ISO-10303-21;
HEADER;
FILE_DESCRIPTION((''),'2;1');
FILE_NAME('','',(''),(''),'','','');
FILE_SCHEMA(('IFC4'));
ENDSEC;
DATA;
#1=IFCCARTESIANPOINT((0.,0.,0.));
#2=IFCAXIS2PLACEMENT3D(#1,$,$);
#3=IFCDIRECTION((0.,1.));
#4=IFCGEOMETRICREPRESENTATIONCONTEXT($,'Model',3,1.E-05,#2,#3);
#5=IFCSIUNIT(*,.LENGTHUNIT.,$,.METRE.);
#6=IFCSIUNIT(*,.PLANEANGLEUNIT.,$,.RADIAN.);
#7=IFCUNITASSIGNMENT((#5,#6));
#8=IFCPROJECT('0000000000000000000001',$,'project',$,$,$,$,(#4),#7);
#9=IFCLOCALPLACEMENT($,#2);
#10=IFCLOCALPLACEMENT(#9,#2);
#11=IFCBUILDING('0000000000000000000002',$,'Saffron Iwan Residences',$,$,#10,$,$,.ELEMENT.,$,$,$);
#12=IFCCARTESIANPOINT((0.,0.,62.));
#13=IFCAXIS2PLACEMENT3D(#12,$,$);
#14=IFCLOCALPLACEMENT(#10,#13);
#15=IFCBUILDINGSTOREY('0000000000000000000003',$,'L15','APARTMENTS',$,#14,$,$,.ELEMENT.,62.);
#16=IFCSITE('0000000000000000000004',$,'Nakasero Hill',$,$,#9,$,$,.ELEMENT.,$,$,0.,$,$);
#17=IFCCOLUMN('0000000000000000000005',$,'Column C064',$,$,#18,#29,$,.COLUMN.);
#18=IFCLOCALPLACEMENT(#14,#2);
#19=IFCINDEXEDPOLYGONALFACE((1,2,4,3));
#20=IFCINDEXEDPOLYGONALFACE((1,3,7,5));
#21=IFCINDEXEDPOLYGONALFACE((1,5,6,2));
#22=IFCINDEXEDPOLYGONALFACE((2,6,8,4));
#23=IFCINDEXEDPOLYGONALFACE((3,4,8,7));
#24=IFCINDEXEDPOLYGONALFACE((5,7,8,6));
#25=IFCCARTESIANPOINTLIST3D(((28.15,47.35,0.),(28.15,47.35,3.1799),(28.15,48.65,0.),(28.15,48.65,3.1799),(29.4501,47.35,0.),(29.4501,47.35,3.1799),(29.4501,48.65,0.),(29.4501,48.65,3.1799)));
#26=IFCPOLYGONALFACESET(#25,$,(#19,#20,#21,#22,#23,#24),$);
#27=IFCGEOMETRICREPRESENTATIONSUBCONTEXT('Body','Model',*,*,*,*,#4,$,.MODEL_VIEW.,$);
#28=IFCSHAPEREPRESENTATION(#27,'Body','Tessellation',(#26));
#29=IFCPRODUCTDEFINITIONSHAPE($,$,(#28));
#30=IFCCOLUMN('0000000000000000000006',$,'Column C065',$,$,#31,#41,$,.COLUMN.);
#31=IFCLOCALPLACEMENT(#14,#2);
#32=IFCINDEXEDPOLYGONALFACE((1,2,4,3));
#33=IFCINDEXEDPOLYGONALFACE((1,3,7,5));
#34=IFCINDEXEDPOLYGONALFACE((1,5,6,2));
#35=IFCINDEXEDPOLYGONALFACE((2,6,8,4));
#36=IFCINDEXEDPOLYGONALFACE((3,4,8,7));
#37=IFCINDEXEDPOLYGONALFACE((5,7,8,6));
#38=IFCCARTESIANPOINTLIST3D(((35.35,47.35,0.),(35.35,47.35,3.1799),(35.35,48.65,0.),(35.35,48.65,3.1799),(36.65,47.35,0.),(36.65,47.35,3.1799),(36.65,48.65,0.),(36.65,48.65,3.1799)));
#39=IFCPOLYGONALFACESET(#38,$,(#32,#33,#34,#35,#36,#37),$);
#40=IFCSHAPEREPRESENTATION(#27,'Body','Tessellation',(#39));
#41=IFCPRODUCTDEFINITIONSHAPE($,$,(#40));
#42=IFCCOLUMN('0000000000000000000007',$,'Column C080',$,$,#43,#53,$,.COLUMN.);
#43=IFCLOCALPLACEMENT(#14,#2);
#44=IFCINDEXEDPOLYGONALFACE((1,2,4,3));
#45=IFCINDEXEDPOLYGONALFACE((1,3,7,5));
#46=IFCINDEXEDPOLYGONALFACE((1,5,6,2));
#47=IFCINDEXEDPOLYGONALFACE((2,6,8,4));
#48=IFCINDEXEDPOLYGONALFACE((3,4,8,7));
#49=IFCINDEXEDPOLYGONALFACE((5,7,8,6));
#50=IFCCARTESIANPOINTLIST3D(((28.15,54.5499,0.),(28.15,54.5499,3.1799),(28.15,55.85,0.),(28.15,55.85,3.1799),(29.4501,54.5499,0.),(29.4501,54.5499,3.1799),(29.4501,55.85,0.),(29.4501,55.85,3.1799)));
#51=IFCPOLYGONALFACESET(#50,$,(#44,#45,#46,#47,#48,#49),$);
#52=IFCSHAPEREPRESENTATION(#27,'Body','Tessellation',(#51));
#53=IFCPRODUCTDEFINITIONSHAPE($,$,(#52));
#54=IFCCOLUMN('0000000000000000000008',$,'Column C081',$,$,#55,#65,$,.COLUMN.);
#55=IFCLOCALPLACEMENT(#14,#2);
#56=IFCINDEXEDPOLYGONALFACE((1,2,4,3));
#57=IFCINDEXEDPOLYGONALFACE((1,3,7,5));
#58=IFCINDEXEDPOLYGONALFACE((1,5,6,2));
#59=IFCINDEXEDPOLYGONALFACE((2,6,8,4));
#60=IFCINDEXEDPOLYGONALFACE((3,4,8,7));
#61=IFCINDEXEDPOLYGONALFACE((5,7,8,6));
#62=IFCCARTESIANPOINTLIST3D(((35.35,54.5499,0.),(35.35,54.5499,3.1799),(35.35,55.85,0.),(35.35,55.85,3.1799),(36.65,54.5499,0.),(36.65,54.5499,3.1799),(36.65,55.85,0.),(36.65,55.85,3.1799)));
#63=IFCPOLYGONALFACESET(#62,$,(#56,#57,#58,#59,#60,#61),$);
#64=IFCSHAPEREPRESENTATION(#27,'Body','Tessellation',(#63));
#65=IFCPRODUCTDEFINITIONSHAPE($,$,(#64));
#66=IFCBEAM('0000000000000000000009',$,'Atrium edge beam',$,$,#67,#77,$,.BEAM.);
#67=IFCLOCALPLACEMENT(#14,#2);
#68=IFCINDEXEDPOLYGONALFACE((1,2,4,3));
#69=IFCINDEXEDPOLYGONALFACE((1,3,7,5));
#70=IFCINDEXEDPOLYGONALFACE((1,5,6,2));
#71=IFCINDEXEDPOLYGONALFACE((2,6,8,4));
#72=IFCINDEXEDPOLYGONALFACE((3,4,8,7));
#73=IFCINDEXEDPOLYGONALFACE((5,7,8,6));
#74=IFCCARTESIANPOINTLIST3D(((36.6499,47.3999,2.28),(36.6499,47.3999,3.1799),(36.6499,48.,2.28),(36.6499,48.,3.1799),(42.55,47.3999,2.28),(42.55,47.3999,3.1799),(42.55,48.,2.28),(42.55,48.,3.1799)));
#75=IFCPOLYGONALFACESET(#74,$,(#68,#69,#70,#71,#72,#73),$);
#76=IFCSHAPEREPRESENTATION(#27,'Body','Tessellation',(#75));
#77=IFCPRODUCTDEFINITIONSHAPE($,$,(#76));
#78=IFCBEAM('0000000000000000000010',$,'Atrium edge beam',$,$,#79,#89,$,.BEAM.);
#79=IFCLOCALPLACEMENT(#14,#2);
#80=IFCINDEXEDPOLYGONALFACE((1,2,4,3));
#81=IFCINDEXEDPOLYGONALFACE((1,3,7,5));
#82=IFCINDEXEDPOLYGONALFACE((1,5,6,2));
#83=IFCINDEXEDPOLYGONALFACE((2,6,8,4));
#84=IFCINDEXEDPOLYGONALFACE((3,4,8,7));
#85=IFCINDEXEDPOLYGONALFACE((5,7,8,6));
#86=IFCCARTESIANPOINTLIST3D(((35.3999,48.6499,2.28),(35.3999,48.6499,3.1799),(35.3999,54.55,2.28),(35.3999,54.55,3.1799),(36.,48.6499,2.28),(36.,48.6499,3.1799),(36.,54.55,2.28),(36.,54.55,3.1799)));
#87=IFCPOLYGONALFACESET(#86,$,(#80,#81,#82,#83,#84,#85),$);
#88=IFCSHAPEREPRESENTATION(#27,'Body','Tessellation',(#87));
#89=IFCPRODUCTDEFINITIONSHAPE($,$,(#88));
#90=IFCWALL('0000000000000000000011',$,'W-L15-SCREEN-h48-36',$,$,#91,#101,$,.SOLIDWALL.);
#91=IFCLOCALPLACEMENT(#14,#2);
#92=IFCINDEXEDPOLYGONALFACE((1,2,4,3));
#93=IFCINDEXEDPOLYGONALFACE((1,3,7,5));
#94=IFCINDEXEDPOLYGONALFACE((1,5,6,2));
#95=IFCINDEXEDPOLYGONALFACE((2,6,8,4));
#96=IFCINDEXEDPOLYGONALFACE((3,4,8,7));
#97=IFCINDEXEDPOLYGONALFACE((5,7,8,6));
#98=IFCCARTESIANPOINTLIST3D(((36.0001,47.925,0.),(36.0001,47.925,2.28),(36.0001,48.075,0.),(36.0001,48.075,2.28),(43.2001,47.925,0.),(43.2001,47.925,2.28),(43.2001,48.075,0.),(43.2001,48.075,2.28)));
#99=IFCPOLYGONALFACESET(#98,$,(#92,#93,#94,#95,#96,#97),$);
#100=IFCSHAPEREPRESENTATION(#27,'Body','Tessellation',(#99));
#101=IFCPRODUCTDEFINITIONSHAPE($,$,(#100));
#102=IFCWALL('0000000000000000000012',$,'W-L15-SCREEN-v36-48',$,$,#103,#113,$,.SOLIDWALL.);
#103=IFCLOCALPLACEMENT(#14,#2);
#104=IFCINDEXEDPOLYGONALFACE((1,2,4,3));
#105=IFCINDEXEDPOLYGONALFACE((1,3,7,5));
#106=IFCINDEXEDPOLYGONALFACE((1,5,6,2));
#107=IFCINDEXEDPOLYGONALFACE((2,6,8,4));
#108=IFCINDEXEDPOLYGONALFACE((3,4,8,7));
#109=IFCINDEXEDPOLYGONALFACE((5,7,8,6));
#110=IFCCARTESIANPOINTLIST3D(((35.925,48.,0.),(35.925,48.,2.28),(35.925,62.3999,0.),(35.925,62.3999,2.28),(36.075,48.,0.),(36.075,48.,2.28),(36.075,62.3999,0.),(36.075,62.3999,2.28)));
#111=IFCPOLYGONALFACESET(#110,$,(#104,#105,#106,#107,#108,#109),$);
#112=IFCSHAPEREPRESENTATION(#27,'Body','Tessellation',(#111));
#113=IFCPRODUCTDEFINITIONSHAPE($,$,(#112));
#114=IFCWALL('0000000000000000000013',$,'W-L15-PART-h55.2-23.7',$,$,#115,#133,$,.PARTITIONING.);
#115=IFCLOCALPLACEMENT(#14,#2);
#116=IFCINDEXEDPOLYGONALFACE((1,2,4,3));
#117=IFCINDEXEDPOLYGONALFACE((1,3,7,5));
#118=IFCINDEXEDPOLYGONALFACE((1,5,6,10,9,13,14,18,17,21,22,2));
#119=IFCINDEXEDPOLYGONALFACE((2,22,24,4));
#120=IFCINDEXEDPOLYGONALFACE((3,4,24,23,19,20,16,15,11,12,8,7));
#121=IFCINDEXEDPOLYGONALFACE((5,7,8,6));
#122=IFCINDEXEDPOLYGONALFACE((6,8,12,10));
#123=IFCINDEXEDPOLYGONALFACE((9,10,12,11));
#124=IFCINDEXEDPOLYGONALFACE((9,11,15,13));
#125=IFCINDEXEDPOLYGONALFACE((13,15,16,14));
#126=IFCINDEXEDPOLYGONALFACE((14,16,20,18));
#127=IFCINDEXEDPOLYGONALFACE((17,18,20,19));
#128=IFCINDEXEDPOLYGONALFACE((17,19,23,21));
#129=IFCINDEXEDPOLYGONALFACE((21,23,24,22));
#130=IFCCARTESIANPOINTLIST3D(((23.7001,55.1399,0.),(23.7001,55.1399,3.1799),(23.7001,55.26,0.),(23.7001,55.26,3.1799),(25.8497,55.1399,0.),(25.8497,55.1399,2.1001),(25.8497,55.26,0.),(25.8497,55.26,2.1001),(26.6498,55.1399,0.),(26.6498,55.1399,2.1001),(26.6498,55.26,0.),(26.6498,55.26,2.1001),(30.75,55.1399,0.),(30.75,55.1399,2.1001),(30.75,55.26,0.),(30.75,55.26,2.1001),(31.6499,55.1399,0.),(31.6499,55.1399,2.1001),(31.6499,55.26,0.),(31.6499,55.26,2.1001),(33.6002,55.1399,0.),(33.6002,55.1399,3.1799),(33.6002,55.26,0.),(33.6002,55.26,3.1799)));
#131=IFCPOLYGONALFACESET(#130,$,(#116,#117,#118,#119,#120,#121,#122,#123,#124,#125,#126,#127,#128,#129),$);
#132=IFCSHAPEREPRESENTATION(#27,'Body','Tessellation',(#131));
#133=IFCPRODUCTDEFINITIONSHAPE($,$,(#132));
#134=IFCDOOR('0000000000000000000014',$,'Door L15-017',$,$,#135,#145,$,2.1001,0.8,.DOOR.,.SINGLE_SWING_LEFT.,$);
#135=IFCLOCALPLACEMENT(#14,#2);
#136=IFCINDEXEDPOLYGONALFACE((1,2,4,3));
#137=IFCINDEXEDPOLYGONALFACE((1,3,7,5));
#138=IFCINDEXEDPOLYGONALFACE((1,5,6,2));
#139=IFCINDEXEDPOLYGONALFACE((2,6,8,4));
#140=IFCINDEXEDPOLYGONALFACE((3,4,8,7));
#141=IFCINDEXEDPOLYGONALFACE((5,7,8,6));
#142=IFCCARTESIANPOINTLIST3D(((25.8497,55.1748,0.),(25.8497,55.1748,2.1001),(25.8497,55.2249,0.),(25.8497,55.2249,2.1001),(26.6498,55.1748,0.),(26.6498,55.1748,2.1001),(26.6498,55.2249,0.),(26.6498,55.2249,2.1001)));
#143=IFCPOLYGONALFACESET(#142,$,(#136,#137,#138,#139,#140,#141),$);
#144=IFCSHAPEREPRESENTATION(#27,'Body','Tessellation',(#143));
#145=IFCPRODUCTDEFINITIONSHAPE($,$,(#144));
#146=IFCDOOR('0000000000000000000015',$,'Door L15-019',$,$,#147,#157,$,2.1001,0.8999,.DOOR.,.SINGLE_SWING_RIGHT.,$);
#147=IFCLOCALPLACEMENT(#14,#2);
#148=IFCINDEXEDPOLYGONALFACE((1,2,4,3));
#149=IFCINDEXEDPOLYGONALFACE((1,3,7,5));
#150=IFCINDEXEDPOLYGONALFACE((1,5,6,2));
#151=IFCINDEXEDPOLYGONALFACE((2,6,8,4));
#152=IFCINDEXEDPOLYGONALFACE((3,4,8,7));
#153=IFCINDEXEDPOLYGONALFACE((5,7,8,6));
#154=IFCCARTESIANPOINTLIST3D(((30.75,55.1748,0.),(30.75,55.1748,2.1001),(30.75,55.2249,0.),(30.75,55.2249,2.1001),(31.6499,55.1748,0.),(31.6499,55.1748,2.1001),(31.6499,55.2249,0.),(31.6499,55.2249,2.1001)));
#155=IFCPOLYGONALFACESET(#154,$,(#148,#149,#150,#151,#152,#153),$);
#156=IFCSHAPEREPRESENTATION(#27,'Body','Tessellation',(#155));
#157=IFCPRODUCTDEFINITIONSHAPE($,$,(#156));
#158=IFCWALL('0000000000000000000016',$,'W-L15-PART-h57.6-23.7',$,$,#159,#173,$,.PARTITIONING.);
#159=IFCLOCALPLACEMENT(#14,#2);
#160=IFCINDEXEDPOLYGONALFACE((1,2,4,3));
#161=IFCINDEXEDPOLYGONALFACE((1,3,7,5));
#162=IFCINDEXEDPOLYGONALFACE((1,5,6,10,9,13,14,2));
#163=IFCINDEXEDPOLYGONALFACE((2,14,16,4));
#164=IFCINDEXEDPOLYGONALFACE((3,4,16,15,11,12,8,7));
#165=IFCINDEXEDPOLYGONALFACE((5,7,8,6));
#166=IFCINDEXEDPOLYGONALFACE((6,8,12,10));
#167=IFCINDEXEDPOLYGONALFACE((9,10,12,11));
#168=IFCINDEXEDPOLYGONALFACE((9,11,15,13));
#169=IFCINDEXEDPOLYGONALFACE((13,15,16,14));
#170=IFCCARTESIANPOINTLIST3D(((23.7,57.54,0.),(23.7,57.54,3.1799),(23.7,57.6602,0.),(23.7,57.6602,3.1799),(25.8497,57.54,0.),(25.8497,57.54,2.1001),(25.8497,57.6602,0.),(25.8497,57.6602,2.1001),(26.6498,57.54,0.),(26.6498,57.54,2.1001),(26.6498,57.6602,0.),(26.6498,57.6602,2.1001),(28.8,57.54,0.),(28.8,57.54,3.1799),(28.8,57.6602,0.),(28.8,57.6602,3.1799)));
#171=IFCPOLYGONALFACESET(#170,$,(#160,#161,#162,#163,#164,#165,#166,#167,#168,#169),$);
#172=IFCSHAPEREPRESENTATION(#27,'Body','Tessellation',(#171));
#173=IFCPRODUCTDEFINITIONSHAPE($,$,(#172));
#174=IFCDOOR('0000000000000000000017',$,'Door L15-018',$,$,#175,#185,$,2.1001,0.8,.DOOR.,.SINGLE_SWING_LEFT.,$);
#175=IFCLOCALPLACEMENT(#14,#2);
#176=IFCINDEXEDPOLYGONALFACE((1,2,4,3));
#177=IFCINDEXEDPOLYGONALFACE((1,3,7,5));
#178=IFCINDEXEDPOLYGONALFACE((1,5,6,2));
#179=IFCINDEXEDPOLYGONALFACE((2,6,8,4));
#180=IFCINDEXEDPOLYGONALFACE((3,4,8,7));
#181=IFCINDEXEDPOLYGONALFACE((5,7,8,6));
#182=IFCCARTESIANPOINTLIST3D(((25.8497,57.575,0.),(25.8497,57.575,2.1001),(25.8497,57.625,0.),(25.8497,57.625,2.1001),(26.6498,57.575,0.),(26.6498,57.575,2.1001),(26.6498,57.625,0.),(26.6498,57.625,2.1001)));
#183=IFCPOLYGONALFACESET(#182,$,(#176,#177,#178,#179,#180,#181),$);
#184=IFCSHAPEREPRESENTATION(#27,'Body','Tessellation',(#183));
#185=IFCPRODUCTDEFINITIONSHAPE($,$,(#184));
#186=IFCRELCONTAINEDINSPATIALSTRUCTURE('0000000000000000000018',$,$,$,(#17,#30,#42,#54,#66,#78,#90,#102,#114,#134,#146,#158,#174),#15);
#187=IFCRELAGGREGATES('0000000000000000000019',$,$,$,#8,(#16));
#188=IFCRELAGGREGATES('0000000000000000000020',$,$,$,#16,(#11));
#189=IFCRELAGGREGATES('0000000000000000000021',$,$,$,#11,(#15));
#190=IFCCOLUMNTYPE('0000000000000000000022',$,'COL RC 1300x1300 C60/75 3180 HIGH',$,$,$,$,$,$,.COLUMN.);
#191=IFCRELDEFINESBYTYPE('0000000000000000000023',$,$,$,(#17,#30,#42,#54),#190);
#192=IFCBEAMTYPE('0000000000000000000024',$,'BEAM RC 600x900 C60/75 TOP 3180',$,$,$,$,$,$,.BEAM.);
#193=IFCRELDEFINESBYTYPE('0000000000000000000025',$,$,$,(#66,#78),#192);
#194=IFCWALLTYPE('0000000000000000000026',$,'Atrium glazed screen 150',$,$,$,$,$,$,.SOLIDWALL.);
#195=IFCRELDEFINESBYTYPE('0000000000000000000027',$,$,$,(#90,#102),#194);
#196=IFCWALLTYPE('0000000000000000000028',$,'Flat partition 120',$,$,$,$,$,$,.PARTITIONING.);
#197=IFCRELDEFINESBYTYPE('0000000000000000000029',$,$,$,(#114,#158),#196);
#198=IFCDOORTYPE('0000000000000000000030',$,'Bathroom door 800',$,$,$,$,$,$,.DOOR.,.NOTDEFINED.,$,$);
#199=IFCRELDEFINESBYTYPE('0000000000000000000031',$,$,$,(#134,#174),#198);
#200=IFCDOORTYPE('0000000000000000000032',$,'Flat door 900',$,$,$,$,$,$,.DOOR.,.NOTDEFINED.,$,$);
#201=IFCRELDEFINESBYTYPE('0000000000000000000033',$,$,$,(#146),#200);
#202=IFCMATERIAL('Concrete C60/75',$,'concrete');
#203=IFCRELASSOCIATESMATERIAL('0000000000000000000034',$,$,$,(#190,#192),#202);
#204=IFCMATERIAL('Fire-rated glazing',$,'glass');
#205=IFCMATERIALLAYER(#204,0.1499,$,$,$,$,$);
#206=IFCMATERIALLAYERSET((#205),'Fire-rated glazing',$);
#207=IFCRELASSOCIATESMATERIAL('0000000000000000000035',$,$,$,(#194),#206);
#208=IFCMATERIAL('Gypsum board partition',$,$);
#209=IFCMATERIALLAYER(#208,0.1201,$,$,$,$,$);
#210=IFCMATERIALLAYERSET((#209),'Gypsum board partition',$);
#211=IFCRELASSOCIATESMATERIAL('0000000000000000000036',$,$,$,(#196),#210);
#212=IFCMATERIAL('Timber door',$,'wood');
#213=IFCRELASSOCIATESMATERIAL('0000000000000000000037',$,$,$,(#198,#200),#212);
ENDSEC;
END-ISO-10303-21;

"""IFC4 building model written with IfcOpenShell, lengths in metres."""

from ifc_helpers import new_model, si_unit, direction, frame, frame_2d, origin, origin_2d, place, context, subcontext, project, spatial, rectangle, extrude, source, transform, mapped, material, layer, layer_set, material_profile, profile_set, type_object, element, fill, save


model = new_model("IFC4")

# Units and contexts
model_context = context("Model", 3, precision=1e-05, world=origin(), true_north=direction((0.0, 1.0)))
body_context = subcontext(model_context, "Body", "Model", "MODEL_VIEW")
ifc_project = project(units=[si_unit("LENGTHUNIT", "METRE"), si_unit("PLANEANGLEUNIT", "RADIAN")], contexts=[model_context])

# Site, building, storey
site_placement = place(None, origin())
site = spatial("IfcSite", under=ifc_project, at=site_placement, Name="Nakasero Hill", CompositionType="ELEMENT", RefElevation=0.0)
building_placement = place(site_placement, origin())
building = spatial("IfcBuilding", under=site, at=building_placement, Name="Saffron Iwan Residences", CompositionType="ELEMENT")
storey_placement = place(building_placement, frame((0.0, 0.0, 62.0)))
storey = spatial("IfcBuildingStorey", under=building, at=storey_placement, Name="L15", Description="APARTMENTS", CompositionType="ELEMENT", Elevation=62.0)

# Columns
ifc_material_1 = material(Name="Concrete C60/75", Category="concrete")
ifc_material_profile_1 = material_profile(ifc_material_1, rectangle(XDim=1.3, YDim=1.3, at=origin_2d()), Name="RC 1300x1300")
ifc_profile_set_1 = profile_set([ifc_material_profile_1], Name="Concrete C60/75")
column_type = type_object("IfcColumnType", Name="COL RC 1300x1300 C60/75 3180 HIGH", PredefinedType="COLUMN", material=ifc_profile_set_1)
shared_shape_1 = source(origin(), body_context, "Body", "SweptSolid", [
    extrude(rectangle(XDim=1.3, YDim=1.3, at=origin_2d()), origin(), (0.0, 0.0, 1.0), 3.1799),
])
for number, where, z_axis, x_axis, name in (
    (1, (28.8, 48.0, 0.0), (0.0, 0.0, 1.0), (1.0, 0.0, 0.0), "Column C064"),
    (2, (36.0, 48.0, 0.0), (0.0, 0.0, 1.0), (1.0, 0.0, 0.0), "Column C065"),
    (3, (28.8, 55.2, 0.0), (0.0, 0.0, 1.0), (1.0, 0.0, 0.0), "Column C080"),
    (4, (36.0, 55.2, 0.0), (0.0, 0.0, 1.0), (1.0, 0.0, 0.0), "Column C081"),
):
    element("IfcColumn", number, at=place(storey_placement, frame(where, z_axis=z_axis, x_axis=x_axis)), inside=storey, type_object=column_type, Name=name, PredefinedType="COLUMN", context=body_context, shape_type="MappedRepresentation", body=[
        mapped(shared_shape_1, transform((0.0, 0.0, 0.0))),
    ])

# Beams
ifc_material_profile_2 = material_profile(ifc_material_1, rectangle(XDim=0.6001, YDim=0.8999, at=origin_2d()), Name="RC 600x900")
ifc_profile_set_2 = profile_set([ifc_material_profile_2], Name="Concrete C60/75")
beam_type = type_object("IfcBeamType", Name="BEAM RC 600x900 C60/75 TOP 3180", PredefinedType="BEAM", material=ifc_profile_set_2)
shared_shape_2 = source(origin(), body_context, "Body", "SweptSolid", [
    extrude(rectangle(XDim=0.6001, YDim=0.8999, at=origin_2d()), origin(), (0.0, 0.0, 1.0), 5.9001),
])
for number, where, z_axis, x_axis, name in (
    (5, (42.55, 47.7, 2.73), (-1.0, 0.0, 0.0), (0.0, -1.0, 0.0), "Atrium edge beam"),
    (6, (35.7, 48.6499, 2.73), (0.0, 1.0, 0.0), (-1.0, 0.0, 0.0), "Atrium edge beam"),
):
    element("IfcBeam", number, at=place(storey_placement, frame(where, z_axis=z_axis, x_axis=x_axis)), inside=storey, type_object=beam_type, Name=name, PredefinedType="BEAM", context=body_context, shape_type="MappedRepresentation", body=[
        mapped(shared_shape_2, transform((0.0, 0.0, 0.0))),
    ])

# Walls
ifc_material_2 = material(Name="Fire-rated glazing", Category="glass")
ifc_layer_1 = layer(ifc_material_2, 0.1499)
ifc_layer_set_1 = layer_set([ifc_layer_1], Name="Fire-rated glazing")
wall_type_1 = type_object("IfcWallType", Name="Atrium glazed screen 150", PredefinedType="SOLIDWALL", material=ifc_layer_set_1)
wall_1_placement = place(storey_placement, frame((36.0, 48.0, 0.0), z_axis=(0.0, 0.0, 1.0), x_axis=(1.0, 0.0, 0.0)))
element("IfcWall", 7, at=wall_1_placement, inside=storey, type_object=wall_type_1, Name="W-L15-SCREEN-h48-36", PredefinedType="SOLIDWALL", context=body_context, shape_type="SweptSolid", body=[
    extrude(rectangle(XDim=7.2, YDim=0.1499, at=frame_2d((3.6001, 0.0))), origin(), (0.0, 0.0, 1.0), 2.28),
])
wall_2_placement = place(storey_placement, frame((36.0, 48.0, 0.0), z_axis=(0.0, 0.0, 1.0), x_axis=(0.0, 1.0, 0.0)))
element("IfcWall", 8, at=wall_2_placement, inside=storey, type_object=wall_type_1, Name="W-L15-SCREEN-v36-48", PredefinedType="SOLIDWALL", context=body_context, shape_type="SweptSolid", body=[
    extrude(rectangle(XDim=14.3999, YDim=0.1499, at=frame_2d((7.2, 0.0))), origin(), (0.0, 0.0, 1.0), 2.28),
])

# Wall, openings, doors
ifc_material_3 = material(Name="Gypsum board partition")
ifc_layer_2 = layer(ifc_material_3, 0.1201)
ifc_layer_set_2 = layer_set([ifc_layer_2], Name="Gypsum board partition")
wall_type_2 = type_object("IfcWallType", Name="Flat partition 120", PredefinedType="PARTITIONING", material=ifc_layer_set_2)
wall_3_placement = place(storey_placement, frame((23.7, 55.2, 0.0), z_axis=(0.0, 0.0, 1.0), x_axis=(1.0, 0.0, 0.0)))
wall_3 = element("IfcWall", 9, at=wall_3_placement, inside=storey, type_object=wall_type_2, Name="W-L15-PART-h55.2-23.7", PredefinedType="PARTITIONING", context=body_context, shape_type="SweptSolid", body=[
    extrude(rectangle(XDim=9.9001, YDim=0.1201, at=frame_2d((4.9502, 0.0))), origin(), (0.0, 0.0, 1.0), 3.1799),
])
opening_1_placement = place(wall_3_placement, frame((2.1499, 0.0, 0.0)))
opening_1 = element("IfcOpeningElement", 10, at=opening_1_placement, cuts=wall_3, PredefinedType="OPENING", context=body_context, shape_type="SweptSolid", body=[
    extrude(rectangle(XDim=0.8, YDim=2.1001, at=frame_2d((0.3999, 1.05))), frame((0.0, 0.0701, 0.0), z_axis=(0.0, -1.0, 0.0), x_axis=(1.0, 0.0, 0.0)), (0.0, 0.0, 1.0), 0.1401),
])
opening_2_placement = place(wall_3_placement, frame((7.05, 0.0, 0.0)))
opening_2 = element("IfcOpeningElement", 11, at=opening_2_placement, cuts=wall_3, PredefinedType="OPENING", context=body_context, shape_type="SweptSolid", body=[
    extrude(rectangle(XDim=0.8999, YDim=2.1001, at=frame_2d((0.45, 1.05))), frame((0.0, 0.0701, 0.0), z_axis=(0.0, -1.0, 0.0), x_axis=(1.0, 0.0, 0.0)), (0.0, 0.0, 1.0), 0.1401),
])
ifc_material_4 = material(Name="Timber door", Category="wood")
door_type_1 = type_object("IfcDoorType", Name="Bathroom door 800", OperationType="NOTDEFINED", PredefinedType="DOOR", material=ifc_material_4)
door_1_placement = place(opening_1_placement, origin())
door_1 = element("IfcDoor", 12, at=door_1_placement, inside=storey, type_object=door_type_1, Name="Door L15-017", OperationType="SINGLE_SWING_LEFT", OverallHeight=2.1001, OverallWidth=0.8, PredefinedType="DOOR", context=body_context, shape_type="SweptSolid", body=[
    extrude(rectangle(XDim=0.8, YDim=2.1001, at=frame_2d((0.3999, 1.05))), frame((0.0, 0.0249, 0.0), z_axis=(0.0, -1.0, 0.0), x_axis=(1.0, 0.0, 0.0)), (0.0, 0.0, 1.0), 0.05),
])
fill(opening_1, door_1)
door_type_2 = type_object("IfcDoorType", Name="Flat door 900", OperationType="NOTDEFINED", PredefinedType="DOOR", material=ifc_material_4)
door_2_placement = place(opening_2_placement, origin())
door_2 = element("IfcDoor", 13, at=door_2_placement, inside=storey, type_object=door_type_2, Name="Door L15-019", OperationType="SINGLE_SWING_RIGHT", OverallHeight=2.1001, OverallWidth=0.8999, PredefinedType="DOOR", context=body_context, shape_type="SweptSolid", body=[
    extrude(rectangle(XDim=0.8999, YDim=2.1001, at=frame_2d((0.45, 1.05))), frame((0.0, 0.0249, 0.0), z_axis=(0.0, -1.0, 0.0), x_axis=(1.0, 0.0, 0.0)), (0.0, 0.0, 1.0), 0.05),
])
fill(opening_2, door_2)

# Wall, opening, door
wall_4_placement = place(storey_placement, frame((23.7, 57.6001, 0.0), z_axis=(0.0, 0.0, 1.0), x_axis=(1.0, 0.0, 0.0)))
wall_4 = element("IfcWall", 14, at=wall_4_placement, inside=storey, type_object=wall_type_2, Name="W-L15-PART-h57.6-23.7", PredefinedType="PARTITIONING", context=body_context, shape_type="SweptSolid", body=[
    extrude(rectangle(XDim=5.1001, YDim=0.1201, at=frame_2d((2.55, 0.0))), origin(), (0.0, 0.0, 1.0), 3.1799),
])
opening_3_placement = place(wall_4_placement, frame((2.1499, 0.0, 0.0)))
opening_3 = element("IfcOpeningElement", 15, at=opening_3_placement, cuts=wall_4, PredefinedType="OPENING", context=body_context, shape_type="SweptSolid", body=[
    extrude(rectangle(XDim=0.8, YDim=2.1001, at=frame_2d((0.3999, 1.05))), frame((0.0, 0.0701, 0.0), z_axis=(0.0, -1.0, 0.0), x_axis=(1.0, 0.0, 0.0)), (0.0, 0.0, 1.0), 0.1401),
])
door_3_placement = place(opening_3_placement, origin())
door_3 = element("IfcDoor", 16, at=door_3_placement, inside=storey, type_object=door_type_1, Name="Door L15-018", OperationType="SINGLE_SWING_LEFT", OverallHeight=2.1001, OverallWidth=0.8, PredefinedType="DOOR", context=body_context, shape_type="SweptSolid", body=[
    extrude(rectangle(XDim=0.8, YDim=2.1001, at=frame_2d((0.3999, 1.05))), frame((0.0, 0.0249, 0.0), z_axis=(0.0, -1.0, 0.0), x_axis=(1.0, 0.0, 0.0)), (0.0, 0.0, 1.0), 0.05),
])
fill(opening_3, door_3)

save(model, "model.ifc")
